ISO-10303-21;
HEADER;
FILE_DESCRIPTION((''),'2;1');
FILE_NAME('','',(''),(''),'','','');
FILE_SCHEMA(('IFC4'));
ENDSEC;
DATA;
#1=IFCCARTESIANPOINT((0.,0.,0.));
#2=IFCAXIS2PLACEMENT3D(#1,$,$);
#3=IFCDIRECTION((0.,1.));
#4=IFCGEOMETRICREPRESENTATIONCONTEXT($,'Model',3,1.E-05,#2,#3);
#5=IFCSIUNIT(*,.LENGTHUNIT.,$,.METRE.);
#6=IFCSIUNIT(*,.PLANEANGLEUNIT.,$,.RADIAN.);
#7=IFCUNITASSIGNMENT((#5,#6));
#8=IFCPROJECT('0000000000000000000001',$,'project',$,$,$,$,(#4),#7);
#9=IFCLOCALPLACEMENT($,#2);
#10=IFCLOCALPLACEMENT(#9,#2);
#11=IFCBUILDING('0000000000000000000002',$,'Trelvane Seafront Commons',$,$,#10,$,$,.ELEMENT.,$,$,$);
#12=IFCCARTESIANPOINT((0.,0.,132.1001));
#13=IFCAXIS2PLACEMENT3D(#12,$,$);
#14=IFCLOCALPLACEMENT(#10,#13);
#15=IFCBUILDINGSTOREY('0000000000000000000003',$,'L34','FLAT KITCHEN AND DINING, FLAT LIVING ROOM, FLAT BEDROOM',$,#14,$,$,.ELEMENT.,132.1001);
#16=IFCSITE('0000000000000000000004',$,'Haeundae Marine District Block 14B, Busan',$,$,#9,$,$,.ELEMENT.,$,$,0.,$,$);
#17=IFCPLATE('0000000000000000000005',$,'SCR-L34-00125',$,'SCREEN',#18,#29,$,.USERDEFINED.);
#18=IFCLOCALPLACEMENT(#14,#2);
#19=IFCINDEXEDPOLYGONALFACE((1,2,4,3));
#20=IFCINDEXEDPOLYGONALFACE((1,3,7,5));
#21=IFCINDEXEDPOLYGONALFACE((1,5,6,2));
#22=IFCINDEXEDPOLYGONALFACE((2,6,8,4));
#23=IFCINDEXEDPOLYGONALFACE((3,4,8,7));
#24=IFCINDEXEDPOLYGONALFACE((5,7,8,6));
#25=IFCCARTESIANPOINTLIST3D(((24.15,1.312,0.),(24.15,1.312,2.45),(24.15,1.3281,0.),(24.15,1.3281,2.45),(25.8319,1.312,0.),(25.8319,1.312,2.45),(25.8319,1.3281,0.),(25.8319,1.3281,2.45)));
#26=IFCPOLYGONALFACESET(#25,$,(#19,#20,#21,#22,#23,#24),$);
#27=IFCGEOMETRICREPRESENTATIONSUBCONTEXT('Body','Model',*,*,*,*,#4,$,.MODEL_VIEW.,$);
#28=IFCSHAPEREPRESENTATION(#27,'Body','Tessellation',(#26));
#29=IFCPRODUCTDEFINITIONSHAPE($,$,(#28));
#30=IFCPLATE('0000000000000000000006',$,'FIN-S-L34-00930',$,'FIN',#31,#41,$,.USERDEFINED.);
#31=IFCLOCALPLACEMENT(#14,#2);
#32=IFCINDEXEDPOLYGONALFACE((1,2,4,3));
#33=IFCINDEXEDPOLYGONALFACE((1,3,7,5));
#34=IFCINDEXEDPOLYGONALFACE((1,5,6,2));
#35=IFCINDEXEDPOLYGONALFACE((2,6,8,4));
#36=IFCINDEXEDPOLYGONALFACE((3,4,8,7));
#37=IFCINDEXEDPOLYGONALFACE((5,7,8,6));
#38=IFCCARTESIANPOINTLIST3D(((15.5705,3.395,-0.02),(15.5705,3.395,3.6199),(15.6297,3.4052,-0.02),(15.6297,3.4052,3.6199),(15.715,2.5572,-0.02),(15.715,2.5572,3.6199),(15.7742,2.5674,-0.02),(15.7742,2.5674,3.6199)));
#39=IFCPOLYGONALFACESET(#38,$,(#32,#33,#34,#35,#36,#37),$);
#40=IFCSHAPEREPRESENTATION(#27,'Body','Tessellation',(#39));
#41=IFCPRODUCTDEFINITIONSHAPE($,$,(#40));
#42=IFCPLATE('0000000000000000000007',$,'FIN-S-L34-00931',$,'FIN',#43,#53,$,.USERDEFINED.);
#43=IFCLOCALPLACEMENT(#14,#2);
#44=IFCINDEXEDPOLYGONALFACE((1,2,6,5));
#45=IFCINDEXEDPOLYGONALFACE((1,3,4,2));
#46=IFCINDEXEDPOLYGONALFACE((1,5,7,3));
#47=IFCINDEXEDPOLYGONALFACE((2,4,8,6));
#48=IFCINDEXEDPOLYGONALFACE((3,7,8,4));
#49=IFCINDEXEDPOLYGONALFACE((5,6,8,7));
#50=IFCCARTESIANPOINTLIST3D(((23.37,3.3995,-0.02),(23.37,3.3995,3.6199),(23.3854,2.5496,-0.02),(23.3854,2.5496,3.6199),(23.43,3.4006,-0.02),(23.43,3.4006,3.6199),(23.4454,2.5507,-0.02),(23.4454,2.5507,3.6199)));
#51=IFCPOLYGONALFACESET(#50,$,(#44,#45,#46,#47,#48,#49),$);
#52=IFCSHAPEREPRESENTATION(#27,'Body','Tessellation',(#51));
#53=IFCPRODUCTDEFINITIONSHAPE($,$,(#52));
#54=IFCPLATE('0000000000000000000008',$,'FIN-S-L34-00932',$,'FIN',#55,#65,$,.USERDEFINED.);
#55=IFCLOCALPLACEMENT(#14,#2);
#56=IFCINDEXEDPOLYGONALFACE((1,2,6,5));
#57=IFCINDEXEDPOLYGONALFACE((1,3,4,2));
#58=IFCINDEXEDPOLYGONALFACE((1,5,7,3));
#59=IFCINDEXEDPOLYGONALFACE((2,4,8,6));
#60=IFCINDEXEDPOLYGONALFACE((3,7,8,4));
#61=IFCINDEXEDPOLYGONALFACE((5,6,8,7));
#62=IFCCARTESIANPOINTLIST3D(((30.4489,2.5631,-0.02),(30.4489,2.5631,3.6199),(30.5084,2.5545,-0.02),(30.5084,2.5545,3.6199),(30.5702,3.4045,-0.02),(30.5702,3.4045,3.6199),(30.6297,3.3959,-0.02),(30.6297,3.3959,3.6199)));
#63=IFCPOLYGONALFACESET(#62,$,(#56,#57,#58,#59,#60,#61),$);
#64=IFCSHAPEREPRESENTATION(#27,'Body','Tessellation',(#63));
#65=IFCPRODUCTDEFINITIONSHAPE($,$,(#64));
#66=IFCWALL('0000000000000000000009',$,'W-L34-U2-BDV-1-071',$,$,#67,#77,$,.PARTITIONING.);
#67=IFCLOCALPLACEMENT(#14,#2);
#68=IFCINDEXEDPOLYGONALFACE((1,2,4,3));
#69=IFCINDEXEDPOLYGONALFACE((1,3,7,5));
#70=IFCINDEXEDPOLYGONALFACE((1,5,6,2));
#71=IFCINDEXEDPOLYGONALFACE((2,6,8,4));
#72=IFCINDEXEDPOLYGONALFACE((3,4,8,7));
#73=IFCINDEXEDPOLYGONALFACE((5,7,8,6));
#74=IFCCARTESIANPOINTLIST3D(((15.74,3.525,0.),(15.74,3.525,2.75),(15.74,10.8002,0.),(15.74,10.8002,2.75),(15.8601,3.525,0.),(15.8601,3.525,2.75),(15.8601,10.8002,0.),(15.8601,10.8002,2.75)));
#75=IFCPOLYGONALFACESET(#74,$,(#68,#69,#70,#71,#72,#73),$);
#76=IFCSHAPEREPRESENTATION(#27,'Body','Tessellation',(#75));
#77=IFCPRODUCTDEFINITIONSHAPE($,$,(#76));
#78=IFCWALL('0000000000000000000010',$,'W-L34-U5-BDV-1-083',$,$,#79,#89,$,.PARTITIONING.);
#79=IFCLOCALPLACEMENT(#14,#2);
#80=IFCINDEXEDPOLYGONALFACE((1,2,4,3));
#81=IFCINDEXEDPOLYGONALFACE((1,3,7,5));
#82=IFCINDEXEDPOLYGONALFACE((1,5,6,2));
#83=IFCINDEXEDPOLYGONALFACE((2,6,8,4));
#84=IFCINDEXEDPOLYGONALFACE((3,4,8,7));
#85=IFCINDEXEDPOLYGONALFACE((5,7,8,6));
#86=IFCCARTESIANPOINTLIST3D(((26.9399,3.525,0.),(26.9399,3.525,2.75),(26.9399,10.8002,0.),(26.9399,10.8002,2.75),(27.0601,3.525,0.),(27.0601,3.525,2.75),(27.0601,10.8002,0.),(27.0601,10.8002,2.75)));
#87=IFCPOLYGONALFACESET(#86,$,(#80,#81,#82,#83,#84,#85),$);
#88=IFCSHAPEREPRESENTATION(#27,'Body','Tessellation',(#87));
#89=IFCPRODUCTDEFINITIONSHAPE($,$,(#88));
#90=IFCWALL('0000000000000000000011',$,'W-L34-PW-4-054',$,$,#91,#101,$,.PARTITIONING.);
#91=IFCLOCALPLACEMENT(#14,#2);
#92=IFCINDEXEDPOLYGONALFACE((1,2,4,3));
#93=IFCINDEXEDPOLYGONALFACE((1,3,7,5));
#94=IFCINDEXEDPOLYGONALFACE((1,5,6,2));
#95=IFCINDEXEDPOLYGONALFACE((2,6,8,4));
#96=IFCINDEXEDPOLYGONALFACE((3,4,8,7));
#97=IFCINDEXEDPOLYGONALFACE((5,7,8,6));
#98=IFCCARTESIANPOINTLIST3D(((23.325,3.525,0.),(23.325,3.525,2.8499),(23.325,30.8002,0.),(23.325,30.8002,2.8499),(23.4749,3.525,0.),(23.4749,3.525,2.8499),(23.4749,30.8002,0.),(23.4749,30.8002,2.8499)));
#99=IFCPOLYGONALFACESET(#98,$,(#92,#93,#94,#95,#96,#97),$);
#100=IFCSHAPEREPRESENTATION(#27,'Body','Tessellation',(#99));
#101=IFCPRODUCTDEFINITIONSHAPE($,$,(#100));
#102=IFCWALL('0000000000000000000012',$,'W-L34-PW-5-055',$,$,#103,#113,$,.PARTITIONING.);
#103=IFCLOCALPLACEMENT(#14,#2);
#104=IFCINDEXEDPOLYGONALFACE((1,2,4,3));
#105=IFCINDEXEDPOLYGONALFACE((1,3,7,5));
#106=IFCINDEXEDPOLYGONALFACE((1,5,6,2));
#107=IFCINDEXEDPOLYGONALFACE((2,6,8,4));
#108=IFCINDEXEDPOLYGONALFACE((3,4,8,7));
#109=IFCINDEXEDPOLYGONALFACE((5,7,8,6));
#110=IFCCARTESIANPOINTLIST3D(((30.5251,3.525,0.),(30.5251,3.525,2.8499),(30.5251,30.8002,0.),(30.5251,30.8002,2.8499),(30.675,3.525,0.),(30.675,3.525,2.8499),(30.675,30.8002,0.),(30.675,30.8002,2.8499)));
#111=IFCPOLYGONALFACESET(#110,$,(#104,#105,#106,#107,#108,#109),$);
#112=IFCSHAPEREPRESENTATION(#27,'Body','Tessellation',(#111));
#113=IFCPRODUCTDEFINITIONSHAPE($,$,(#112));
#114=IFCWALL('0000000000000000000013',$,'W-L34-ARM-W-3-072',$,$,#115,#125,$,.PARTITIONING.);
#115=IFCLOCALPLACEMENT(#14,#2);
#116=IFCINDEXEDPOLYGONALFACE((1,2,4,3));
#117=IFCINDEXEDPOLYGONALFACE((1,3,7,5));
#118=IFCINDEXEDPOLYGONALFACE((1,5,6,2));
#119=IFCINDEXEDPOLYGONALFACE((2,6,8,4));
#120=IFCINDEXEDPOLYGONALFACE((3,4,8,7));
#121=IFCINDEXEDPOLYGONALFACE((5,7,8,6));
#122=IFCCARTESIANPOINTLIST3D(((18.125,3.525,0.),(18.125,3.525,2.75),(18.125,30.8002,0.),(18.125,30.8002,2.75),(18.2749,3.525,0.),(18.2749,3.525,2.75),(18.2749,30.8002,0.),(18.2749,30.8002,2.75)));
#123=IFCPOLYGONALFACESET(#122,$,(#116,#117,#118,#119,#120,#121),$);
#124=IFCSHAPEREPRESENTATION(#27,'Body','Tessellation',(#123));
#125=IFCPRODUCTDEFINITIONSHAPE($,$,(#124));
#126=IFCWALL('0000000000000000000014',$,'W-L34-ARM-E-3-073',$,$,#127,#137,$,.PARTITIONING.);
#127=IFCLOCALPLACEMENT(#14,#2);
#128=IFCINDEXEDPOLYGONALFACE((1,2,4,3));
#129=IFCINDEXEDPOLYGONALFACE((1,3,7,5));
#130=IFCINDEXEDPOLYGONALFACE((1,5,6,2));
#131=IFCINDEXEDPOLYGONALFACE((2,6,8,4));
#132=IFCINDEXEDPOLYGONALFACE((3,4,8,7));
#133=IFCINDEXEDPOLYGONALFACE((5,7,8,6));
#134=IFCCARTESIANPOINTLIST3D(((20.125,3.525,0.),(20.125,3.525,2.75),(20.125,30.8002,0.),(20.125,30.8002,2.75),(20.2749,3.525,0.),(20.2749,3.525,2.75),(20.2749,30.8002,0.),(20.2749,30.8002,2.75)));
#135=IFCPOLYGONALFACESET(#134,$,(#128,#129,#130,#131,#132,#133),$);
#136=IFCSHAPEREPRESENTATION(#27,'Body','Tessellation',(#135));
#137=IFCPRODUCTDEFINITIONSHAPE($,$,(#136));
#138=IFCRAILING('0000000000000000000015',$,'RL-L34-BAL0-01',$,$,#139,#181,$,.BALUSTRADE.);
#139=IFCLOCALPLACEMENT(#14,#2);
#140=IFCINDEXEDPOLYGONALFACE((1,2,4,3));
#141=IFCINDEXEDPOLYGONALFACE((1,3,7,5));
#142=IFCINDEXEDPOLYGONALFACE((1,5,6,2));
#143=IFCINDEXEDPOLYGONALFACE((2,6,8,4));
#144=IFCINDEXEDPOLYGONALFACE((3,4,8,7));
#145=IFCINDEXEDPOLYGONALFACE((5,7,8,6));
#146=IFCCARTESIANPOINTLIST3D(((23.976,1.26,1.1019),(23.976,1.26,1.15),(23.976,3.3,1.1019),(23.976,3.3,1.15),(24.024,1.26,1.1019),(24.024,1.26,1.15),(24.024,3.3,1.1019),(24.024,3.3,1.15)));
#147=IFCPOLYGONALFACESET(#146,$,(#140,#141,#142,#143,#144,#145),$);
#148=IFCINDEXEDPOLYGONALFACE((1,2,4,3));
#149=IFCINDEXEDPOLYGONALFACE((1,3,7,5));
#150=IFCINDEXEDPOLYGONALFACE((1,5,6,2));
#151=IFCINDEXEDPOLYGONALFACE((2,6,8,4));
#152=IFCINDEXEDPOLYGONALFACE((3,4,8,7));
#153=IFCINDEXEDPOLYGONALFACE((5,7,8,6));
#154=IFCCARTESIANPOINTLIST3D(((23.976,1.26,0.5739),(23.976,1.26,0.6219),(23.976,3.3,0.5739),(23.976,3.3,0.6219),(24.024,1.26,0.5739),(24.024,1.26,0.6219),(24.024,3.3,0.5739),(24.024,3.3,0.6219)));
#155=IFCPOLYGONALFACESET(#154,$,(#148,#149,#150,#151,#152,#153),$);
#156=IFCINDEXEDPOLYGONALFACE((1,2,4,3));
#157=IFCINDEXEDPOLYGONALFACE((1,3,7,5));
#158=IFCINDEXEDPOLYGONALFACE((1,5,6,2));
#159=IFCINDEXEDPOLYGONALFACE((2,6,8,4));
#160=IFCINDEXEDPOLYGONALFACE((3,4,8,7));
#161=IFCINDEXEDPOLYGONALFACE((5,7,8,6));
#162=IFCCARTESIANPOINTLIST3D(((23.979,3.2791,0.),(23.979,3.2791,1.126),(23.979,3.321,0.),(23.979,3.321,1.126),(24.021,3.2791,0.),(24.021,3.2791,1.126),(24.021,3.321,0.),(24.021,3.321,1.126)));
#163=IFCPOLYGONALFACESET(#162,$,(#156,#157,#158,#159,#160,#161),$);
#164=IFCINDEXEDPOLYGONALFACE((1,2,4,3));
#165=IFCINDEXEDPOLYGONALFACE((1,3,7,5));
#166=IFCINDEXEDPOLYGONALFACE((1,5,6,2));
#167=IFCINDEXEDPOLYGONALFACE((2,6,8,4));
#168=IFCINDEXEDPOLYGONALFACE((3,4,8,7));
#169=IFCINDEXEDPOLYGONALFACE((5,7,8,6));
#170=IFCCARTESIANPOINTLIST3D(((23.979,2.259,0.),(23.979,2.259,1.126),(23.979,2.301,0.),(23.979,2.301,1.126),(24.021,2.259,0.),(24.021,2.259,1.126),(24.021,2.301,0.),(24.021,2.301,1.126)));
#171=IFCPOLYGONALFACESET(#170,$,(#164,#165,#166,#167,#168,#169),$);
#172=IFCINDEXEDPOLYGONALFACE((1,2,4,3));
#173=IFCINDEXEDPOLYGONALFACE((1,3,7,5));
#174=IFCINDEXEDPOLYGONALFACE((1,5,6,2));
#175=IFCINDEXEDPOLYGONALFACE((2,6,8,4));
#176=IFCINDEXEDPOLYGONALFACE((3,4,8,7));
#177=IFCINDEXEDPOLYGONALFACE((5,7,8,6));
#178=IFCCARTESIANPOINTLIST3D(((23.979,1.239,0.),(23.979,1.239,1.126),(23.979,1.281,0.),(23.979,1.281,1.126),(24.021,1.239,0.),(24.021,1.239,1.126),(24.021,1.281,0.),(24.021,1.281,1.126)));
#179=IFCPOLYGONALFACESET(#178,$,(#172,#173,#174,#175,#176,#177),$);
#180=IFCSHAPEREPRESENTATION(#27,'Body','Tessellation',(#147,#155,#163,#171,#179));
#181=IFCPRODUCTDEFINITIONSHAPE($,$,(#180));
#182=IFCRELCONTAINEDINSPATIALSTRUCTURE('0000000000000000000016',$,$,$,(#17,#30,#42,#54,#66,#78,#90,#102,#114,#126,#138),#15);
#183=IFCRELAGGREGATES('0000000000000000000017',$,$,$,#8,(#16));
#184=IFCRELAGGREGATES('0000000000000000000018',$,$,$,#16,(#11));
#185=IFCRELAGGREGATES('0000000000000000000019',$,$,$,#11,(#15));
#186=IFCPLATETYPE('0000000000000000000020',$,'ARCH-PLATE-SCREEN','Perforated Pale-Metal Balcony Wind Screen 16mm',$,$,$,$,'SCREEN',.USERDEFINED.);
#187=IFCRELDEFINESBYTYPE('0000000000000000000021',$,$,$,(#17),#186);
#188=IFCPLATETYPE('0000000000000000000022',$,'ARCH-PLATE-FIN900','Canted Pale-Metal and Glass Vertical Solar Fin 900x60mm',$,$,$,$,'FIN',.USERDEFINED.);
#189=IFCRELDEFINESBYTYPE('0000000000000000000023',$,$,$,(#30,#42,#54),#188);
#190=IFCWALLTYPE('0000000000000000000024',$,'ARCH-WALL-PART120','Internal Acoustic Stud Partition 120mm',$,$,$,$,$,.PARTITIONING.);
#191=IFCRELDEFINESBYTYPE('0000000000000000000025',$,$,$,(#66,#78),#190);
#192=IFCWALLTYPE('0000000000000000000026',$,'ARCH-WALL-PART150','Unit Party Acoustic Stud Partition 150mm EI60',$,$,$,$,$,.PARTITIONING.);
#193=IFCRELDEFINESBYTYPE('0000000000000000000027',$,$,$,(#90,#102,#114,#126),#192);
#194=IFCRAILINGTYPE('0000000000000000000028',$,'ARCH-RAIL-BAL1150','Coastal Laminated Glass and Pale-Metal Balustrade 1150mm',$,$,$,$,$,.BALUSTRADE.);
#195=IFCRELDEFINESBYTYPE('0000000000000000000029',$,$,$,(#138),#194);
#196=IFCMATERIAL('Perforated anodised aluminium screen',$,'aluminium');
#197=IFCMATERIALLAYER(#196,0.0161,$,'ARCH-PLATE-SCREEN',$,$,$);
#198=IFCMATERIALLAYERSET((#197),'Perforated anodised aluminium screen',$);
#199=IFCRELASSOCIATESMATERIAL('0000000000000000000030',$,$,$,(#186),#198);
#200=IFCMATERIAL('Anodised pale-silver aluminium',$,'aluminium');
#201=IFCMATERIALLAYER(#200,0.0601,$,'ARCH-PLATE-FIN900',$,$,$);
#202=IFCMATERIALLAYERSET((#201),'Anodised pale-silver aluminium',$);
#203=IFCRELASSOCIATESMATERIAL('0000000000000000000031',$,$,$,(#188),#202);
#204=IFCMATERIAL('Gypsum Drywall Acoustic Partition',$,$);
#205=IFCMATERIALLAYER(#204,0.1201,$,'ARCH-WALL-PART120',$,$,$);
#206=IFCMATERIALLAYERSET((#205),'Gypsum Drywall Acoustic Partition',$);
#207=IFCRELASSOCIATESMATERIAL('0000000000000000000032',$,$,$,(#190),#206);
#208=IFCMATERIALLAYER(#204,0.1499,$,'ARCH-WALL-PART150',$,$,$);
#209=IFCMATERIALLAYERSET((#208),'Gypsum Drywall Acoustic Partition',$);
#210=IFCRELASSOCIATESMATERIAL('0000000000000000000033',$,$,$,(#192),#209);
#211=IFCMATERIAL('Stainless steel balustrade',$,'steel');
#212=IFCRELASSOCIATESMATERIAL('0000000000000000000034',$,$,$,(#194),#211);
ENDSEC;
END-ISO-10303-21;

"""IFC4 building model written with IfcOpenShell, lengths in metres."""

from ifc_helpers import new_model, si_unit, direction, frame, frame_2d, origin, origin_2d, place, context, subcontext, project, spatial, rectangle, extrude, source, transform, mapped, material, layer, layer_set, type_object, element, save


model = new_model("IFC4")

# Units and contexts
model_context = context("Model", 3, precision=1e-05, world=origin(), true_north=direction((0.0, 1.0)))
body_context = subcontext(model_context, "Body", "Model", "MODEL_VIEW")
ifc_project = project(units=[si_unit("LENGTHUNIT", "METRE"), si_unit("PLANEANGLEUNIT", "RADIAN")], contexts=[model_context])

# Site, building, storey
site_placement = place(None, origin())
site = spatial("IfcSite", under=ifc_project, at=site_placement, Name="Haeundae Marine District Block 14B, Busan", CompositionType="ELEMENT", RefElevation=0.0)
building_placement = place(site_placement, origin())
building = spatial("IfcBuilding", under=site, at=building_placement, Name="Trelvane Seafront Commons", CompositionType="ELEMENT")
storey_placement = place(building_placement, frame((0.0, 0.0, 132.1001)))
storey = spatial("IfcBuildingStorey", under=building, at=storey_placement, Name="L34", Description="FLAT KITCHEN AND DINING, FLAT LIVING ROOM, FLAT BEDROOM", CompositionType="ELEMENT", Elevation=132.1001)

# Plates
ifc_material_1 = material(Name="Perforated anodised aluminium screen", Category="aluminium")
ifc_layer_1 = layer(ifc_material_1, 0.0161, Name="ARCH-PLATE-SCREEN")
ifc_layer_set_1 = layer_set([ifc_layer_1], Name="Perforated anodised aluminium screen")
plate_type_1 = type_object("IfcPlateType", Name="ARCH-PLATE-SCREEN", Description="Perforated Pale-Metal Balcony Wind Screen 16mm", ElementType="SCREEN", PredefinedType="USERDEFINED", material=ifc_layer_set_1)
shared_shape_1 = source(origin(), body_context, "Body", "SweptSolid", [
    extrude(rectangle(XDim=1.6819, YDim=0.0161, at=origin_2d()), origin(), (0.0, 0.0, 1.0), 2.45),
])
plate_placement = place(storey_placement, frame((24.991, 1.3201, 0.0), z_axis=(0.0, 0.0, 1.0), x_axis=(1.0, 0.0, 0.0)))
element("IfcPlate", 1, at=plate_placement, inside=storey, type_object=plate_type_1, Name="SCR-L34-00125", ObjectType="SCREEN", PredefinedType="USERDEFINED", context=body_context, shape_type="MappedRepresentation", body=[
    mapped(shared_shape_1, transform((0.0, 0.0, 0.0), x_axis=(1.0, 0.0, 0.0), y_axis=(0.0, 1.0, 0.0), z_axis=(0.0, 0.0, 1.0), scale=1.0)),
])
ifc_material_2 = material(Name="Anodised pale-silver aluminium", Category="aluminium")
ifc_layer_2 = layer(ifc_material_2, 0.0601, Name="ARCH-PLATE-FIN900")
ifc_layer_set_2 = layer_set([ifc_layer_2], Name="Anodised pale-silver aluminium")
plate_type_2 = type_object("IfcPlateType", Name="ARCH-PLATE-FIN900", Description="Canted Pale-Metal and Glass Vertical Solar Fin 900x60mm", ElementType="FIN", PredefinedType="USERDEFINED", material=ifc_layer_set_2)
shared_shape_2 = source(origin(), body_context, "Body", "SweptSolid", [
    extrude(rectangle(XDim=0.8501, YDim=0.0601, at=origin_2d()), origin(), (0.0, 0.0, 1.0), 3.6399),
])
for number, where, z_axis, x_axis, name in (
    (2, (15.6724, 2.9812, -0.02), (0.0, 0.0, 1.0), (0.170005, -0.985443, 0.0), "FIN-S-L34-00930"),
    (3, (23.4077, 2.9751, -0.02), (0.0, 0.0, 1.0), (0.018117, -0.999836, 0.0), "FIN-S-L34-00931"),
    (4, (30.5393, 2.9795, -0.02), (0.0, 0.0, 1.0), (-0.142707, -0.989765, 0.0), "FIN-S-L34-00932"),
):
    element("IfcPlate", number, at=place(storey_placement, frame(where, z_axis=z_axis, x_axis=x_axis)), inside=storey, type_object=plate_type_2, Name=name, ObjectType="FIN", PredefinedType="USERDEFINED", context=body_context, shape_type="MappedRepresentation", body=[
        mapped(shared_shape_2, transform((0.0, 0.0, 0.0), x_axis=(1.0, 0.0, 0.0), y_axis=(0.0, 1.0, 0.0), z_axis=(0.0, 0.0, 1.0), scale=1.0)),
    ])

# Shared definitions
ifc_material_3 = material(Name="Gypsum Drywall Acoustic Partition")
ifc_layer_3 = layer(ifc_material_3, 0.1201, Name="ARCH-WALL-PART120")
ifc_layer_set_3 = layer_set([ifc_layer_3], Name="Gypsum Drywall Acoustic Partition")
wall_type_1 = type_object("IfcWallType", Name="ARCH-WALL-PART120", Description="Internal Acoustic Stud Partition 120mm", PredefinedType="PARTITIONING", material=ifc_layer_set_3)

# Wall
wall_1_placement = place(storey_placement, frame((15.8, 3.5249, 0.0), z_axis=(0.0, 0.0, 1.0), x_axis=(0.0, 1.0, 0.0)))
element("IfcWall", 5, at=wall_1_placement, inside=storey, type_object=wall_type_1, Name="W-L34-U2-BDV-1-071", PredefinedType="PARTITIONING", context=body_context, shape_type="SweptSolid", body=[
    extrude(rectangle(XDim=7.2751, YDim=0.1201, at=frame_2d((3.6377, 0.0))), origin(), (0.0, 0.0, 1.0), 2.75),
])

# Walls
wall_2_placement = place(storey_placement, frame((27.0, 3.5249, 0.0), z_axis=(0.0, 0.0, 1.0), x_axis=(0.0, 1.0, 0.0)))
element("IfcWall", 6, at=wall_2_placement, inside=storey, type_object=wall_type_1, Name="W-L34-U5-BDV-1-083", PredefinedType="PARTITIONING", context=body_context, shape_type="SweptSolid", body=[
    extrude(rectangle(XDim=7.2751, YDim=0.1201, at=frame_2d((3.6377, 0.0))), origin(), (0.0, 0.0, 1.0), 2.75),
])
ifc_layer_4 = layer(ifc_material_3, 0.1499, Name="ARCH-WALL-PART150")
ifc_layer_set_4 = layer_set([ifc_layer_4], Name="Gypsum Drywall Acoustic Partition")
wall_type_2 = type_object("IfcWallType", Name="ARCH-WALL-PART150", Description="Unit Party Acoustic Stud Partition 150mm EI60", PredefinedType="PARTITIONING", material=ifc_layer_set_4)
for number, where, z_axis, x_axis, name in (
    (7, (23.3999, 3.5249, 0.0), (0.0, 0.0, 1.0), (0.0, 1.0, 0.0), "W-L34-PW-4-054"),
    (8, (30.6001, 3.5249, 0.0), (0.0, 0.0, 1.0), (0.0, 1.0, 0.0), "W-L34-PW-5-055"),
):
    element("IfcWall", number, at=place(storey_placement, frame(where, z_axis=z_axis, x_axis=x_axis)), inside=storey, type_object=wall_type_2, Name=name, PredefinedType="PARTITIONING", context=body_context, shape_type="SweptSolid", body=[
        extrude(rectangle(XDim=27.2751, YDim=0.1499, at=frame_2d((13.6377, 0.0))), origin(), (0.0, 0.0, 1.0), 2.8499),
    ])
for number, where, z_axis, x_axis, name in (
    (9, (18.2, 3.5249, 0.0), (0.0, 0.0, 1.0), (0.0, 1.0, 0.0), "W-L34-ARM-W-3-072"),
    (10, (20.2, 3.5249, 0.0), (0.0, 0.0, 1.0), (0.0, 1.0, 0.0), "W-L34-ARM-E-3-073"),
):
    element("IfcWall", number, at=place(storey_placement, frame(where, z_axis=z_axis, x_axis=x_axis)), inside=storey, type_object=wall_type_2, Name=name, PredefinedType="PARTITIONING", context=body_context, shape_type="SweptSolid", body=[
        extrude(rectangle(XDim=27.2751, YDim=0.1499, at=frame_2d((13.6377, 0.0))), origin(), (0.0, 0.0, 1.0), 2.75),
    ])

# Railing
ifc_material_4 = material(Name="Stainless steel balustrade", Category="steel")
railing_type = type_object("IfcRailingType", Name="ARCH-RAIL-BAL1150", Description="Coastal Laminated Glass and Pale-Metal Balustrade 1150mm", PredefinedType="BALUSTRADE", material=ifc_material_4)
railing_1_placement = place(storey_placement, frame((24.0, 3.3, 0.0)))
element("IfcRailing", 11, at=railing_1_placement, inside=storey, type_object=railing_type, Name="RL-L34-BAL0-01", PredefinedType="BALUSTRADE", context=body_context, shape_type="SweptSolid", body=[
    extrude(rectangle(XDim=0.0481, YDim=0.0481, at=origin_2d()), frame((0.0, 0.0, 1.126), z_axis=(0.0, -1.0, 0.0), x_axis=(1.0, 0.0, 0.0)), (0.0, 0.0, 1.0), 2.04),
    extrude(rectangle(XDim=0.0481, YDim=0.0481, at=origin_2d()), frame((0.0, 0.0, 0.5979), z_axis=(0.0, -1.0, 0.0), x_axis=(1.0, 0.0, 0.0)), (0.0, 0.0, 1.0), 2.04),
    extrude(rectangle(XDim=0.042, YDim=0.042, at=origin_2d()), origin(), (0.0, 0.0, 1.0), 1.126),
    extrude(rectangle(XDim=0.042, YDim=0.042, at=origin_2d()), frame((0.0, -1.02, 0.0)), (0.0, 0.0, 1.0), 1.126),
    extrude(rectangle(XDim=0.042, YDim=0.042, at=origin_2d()), frame((0.0, -2.04, 0.0)), (0.0, 0.0, 1.0), 1.126),
])

save(model, "model.ifc")
